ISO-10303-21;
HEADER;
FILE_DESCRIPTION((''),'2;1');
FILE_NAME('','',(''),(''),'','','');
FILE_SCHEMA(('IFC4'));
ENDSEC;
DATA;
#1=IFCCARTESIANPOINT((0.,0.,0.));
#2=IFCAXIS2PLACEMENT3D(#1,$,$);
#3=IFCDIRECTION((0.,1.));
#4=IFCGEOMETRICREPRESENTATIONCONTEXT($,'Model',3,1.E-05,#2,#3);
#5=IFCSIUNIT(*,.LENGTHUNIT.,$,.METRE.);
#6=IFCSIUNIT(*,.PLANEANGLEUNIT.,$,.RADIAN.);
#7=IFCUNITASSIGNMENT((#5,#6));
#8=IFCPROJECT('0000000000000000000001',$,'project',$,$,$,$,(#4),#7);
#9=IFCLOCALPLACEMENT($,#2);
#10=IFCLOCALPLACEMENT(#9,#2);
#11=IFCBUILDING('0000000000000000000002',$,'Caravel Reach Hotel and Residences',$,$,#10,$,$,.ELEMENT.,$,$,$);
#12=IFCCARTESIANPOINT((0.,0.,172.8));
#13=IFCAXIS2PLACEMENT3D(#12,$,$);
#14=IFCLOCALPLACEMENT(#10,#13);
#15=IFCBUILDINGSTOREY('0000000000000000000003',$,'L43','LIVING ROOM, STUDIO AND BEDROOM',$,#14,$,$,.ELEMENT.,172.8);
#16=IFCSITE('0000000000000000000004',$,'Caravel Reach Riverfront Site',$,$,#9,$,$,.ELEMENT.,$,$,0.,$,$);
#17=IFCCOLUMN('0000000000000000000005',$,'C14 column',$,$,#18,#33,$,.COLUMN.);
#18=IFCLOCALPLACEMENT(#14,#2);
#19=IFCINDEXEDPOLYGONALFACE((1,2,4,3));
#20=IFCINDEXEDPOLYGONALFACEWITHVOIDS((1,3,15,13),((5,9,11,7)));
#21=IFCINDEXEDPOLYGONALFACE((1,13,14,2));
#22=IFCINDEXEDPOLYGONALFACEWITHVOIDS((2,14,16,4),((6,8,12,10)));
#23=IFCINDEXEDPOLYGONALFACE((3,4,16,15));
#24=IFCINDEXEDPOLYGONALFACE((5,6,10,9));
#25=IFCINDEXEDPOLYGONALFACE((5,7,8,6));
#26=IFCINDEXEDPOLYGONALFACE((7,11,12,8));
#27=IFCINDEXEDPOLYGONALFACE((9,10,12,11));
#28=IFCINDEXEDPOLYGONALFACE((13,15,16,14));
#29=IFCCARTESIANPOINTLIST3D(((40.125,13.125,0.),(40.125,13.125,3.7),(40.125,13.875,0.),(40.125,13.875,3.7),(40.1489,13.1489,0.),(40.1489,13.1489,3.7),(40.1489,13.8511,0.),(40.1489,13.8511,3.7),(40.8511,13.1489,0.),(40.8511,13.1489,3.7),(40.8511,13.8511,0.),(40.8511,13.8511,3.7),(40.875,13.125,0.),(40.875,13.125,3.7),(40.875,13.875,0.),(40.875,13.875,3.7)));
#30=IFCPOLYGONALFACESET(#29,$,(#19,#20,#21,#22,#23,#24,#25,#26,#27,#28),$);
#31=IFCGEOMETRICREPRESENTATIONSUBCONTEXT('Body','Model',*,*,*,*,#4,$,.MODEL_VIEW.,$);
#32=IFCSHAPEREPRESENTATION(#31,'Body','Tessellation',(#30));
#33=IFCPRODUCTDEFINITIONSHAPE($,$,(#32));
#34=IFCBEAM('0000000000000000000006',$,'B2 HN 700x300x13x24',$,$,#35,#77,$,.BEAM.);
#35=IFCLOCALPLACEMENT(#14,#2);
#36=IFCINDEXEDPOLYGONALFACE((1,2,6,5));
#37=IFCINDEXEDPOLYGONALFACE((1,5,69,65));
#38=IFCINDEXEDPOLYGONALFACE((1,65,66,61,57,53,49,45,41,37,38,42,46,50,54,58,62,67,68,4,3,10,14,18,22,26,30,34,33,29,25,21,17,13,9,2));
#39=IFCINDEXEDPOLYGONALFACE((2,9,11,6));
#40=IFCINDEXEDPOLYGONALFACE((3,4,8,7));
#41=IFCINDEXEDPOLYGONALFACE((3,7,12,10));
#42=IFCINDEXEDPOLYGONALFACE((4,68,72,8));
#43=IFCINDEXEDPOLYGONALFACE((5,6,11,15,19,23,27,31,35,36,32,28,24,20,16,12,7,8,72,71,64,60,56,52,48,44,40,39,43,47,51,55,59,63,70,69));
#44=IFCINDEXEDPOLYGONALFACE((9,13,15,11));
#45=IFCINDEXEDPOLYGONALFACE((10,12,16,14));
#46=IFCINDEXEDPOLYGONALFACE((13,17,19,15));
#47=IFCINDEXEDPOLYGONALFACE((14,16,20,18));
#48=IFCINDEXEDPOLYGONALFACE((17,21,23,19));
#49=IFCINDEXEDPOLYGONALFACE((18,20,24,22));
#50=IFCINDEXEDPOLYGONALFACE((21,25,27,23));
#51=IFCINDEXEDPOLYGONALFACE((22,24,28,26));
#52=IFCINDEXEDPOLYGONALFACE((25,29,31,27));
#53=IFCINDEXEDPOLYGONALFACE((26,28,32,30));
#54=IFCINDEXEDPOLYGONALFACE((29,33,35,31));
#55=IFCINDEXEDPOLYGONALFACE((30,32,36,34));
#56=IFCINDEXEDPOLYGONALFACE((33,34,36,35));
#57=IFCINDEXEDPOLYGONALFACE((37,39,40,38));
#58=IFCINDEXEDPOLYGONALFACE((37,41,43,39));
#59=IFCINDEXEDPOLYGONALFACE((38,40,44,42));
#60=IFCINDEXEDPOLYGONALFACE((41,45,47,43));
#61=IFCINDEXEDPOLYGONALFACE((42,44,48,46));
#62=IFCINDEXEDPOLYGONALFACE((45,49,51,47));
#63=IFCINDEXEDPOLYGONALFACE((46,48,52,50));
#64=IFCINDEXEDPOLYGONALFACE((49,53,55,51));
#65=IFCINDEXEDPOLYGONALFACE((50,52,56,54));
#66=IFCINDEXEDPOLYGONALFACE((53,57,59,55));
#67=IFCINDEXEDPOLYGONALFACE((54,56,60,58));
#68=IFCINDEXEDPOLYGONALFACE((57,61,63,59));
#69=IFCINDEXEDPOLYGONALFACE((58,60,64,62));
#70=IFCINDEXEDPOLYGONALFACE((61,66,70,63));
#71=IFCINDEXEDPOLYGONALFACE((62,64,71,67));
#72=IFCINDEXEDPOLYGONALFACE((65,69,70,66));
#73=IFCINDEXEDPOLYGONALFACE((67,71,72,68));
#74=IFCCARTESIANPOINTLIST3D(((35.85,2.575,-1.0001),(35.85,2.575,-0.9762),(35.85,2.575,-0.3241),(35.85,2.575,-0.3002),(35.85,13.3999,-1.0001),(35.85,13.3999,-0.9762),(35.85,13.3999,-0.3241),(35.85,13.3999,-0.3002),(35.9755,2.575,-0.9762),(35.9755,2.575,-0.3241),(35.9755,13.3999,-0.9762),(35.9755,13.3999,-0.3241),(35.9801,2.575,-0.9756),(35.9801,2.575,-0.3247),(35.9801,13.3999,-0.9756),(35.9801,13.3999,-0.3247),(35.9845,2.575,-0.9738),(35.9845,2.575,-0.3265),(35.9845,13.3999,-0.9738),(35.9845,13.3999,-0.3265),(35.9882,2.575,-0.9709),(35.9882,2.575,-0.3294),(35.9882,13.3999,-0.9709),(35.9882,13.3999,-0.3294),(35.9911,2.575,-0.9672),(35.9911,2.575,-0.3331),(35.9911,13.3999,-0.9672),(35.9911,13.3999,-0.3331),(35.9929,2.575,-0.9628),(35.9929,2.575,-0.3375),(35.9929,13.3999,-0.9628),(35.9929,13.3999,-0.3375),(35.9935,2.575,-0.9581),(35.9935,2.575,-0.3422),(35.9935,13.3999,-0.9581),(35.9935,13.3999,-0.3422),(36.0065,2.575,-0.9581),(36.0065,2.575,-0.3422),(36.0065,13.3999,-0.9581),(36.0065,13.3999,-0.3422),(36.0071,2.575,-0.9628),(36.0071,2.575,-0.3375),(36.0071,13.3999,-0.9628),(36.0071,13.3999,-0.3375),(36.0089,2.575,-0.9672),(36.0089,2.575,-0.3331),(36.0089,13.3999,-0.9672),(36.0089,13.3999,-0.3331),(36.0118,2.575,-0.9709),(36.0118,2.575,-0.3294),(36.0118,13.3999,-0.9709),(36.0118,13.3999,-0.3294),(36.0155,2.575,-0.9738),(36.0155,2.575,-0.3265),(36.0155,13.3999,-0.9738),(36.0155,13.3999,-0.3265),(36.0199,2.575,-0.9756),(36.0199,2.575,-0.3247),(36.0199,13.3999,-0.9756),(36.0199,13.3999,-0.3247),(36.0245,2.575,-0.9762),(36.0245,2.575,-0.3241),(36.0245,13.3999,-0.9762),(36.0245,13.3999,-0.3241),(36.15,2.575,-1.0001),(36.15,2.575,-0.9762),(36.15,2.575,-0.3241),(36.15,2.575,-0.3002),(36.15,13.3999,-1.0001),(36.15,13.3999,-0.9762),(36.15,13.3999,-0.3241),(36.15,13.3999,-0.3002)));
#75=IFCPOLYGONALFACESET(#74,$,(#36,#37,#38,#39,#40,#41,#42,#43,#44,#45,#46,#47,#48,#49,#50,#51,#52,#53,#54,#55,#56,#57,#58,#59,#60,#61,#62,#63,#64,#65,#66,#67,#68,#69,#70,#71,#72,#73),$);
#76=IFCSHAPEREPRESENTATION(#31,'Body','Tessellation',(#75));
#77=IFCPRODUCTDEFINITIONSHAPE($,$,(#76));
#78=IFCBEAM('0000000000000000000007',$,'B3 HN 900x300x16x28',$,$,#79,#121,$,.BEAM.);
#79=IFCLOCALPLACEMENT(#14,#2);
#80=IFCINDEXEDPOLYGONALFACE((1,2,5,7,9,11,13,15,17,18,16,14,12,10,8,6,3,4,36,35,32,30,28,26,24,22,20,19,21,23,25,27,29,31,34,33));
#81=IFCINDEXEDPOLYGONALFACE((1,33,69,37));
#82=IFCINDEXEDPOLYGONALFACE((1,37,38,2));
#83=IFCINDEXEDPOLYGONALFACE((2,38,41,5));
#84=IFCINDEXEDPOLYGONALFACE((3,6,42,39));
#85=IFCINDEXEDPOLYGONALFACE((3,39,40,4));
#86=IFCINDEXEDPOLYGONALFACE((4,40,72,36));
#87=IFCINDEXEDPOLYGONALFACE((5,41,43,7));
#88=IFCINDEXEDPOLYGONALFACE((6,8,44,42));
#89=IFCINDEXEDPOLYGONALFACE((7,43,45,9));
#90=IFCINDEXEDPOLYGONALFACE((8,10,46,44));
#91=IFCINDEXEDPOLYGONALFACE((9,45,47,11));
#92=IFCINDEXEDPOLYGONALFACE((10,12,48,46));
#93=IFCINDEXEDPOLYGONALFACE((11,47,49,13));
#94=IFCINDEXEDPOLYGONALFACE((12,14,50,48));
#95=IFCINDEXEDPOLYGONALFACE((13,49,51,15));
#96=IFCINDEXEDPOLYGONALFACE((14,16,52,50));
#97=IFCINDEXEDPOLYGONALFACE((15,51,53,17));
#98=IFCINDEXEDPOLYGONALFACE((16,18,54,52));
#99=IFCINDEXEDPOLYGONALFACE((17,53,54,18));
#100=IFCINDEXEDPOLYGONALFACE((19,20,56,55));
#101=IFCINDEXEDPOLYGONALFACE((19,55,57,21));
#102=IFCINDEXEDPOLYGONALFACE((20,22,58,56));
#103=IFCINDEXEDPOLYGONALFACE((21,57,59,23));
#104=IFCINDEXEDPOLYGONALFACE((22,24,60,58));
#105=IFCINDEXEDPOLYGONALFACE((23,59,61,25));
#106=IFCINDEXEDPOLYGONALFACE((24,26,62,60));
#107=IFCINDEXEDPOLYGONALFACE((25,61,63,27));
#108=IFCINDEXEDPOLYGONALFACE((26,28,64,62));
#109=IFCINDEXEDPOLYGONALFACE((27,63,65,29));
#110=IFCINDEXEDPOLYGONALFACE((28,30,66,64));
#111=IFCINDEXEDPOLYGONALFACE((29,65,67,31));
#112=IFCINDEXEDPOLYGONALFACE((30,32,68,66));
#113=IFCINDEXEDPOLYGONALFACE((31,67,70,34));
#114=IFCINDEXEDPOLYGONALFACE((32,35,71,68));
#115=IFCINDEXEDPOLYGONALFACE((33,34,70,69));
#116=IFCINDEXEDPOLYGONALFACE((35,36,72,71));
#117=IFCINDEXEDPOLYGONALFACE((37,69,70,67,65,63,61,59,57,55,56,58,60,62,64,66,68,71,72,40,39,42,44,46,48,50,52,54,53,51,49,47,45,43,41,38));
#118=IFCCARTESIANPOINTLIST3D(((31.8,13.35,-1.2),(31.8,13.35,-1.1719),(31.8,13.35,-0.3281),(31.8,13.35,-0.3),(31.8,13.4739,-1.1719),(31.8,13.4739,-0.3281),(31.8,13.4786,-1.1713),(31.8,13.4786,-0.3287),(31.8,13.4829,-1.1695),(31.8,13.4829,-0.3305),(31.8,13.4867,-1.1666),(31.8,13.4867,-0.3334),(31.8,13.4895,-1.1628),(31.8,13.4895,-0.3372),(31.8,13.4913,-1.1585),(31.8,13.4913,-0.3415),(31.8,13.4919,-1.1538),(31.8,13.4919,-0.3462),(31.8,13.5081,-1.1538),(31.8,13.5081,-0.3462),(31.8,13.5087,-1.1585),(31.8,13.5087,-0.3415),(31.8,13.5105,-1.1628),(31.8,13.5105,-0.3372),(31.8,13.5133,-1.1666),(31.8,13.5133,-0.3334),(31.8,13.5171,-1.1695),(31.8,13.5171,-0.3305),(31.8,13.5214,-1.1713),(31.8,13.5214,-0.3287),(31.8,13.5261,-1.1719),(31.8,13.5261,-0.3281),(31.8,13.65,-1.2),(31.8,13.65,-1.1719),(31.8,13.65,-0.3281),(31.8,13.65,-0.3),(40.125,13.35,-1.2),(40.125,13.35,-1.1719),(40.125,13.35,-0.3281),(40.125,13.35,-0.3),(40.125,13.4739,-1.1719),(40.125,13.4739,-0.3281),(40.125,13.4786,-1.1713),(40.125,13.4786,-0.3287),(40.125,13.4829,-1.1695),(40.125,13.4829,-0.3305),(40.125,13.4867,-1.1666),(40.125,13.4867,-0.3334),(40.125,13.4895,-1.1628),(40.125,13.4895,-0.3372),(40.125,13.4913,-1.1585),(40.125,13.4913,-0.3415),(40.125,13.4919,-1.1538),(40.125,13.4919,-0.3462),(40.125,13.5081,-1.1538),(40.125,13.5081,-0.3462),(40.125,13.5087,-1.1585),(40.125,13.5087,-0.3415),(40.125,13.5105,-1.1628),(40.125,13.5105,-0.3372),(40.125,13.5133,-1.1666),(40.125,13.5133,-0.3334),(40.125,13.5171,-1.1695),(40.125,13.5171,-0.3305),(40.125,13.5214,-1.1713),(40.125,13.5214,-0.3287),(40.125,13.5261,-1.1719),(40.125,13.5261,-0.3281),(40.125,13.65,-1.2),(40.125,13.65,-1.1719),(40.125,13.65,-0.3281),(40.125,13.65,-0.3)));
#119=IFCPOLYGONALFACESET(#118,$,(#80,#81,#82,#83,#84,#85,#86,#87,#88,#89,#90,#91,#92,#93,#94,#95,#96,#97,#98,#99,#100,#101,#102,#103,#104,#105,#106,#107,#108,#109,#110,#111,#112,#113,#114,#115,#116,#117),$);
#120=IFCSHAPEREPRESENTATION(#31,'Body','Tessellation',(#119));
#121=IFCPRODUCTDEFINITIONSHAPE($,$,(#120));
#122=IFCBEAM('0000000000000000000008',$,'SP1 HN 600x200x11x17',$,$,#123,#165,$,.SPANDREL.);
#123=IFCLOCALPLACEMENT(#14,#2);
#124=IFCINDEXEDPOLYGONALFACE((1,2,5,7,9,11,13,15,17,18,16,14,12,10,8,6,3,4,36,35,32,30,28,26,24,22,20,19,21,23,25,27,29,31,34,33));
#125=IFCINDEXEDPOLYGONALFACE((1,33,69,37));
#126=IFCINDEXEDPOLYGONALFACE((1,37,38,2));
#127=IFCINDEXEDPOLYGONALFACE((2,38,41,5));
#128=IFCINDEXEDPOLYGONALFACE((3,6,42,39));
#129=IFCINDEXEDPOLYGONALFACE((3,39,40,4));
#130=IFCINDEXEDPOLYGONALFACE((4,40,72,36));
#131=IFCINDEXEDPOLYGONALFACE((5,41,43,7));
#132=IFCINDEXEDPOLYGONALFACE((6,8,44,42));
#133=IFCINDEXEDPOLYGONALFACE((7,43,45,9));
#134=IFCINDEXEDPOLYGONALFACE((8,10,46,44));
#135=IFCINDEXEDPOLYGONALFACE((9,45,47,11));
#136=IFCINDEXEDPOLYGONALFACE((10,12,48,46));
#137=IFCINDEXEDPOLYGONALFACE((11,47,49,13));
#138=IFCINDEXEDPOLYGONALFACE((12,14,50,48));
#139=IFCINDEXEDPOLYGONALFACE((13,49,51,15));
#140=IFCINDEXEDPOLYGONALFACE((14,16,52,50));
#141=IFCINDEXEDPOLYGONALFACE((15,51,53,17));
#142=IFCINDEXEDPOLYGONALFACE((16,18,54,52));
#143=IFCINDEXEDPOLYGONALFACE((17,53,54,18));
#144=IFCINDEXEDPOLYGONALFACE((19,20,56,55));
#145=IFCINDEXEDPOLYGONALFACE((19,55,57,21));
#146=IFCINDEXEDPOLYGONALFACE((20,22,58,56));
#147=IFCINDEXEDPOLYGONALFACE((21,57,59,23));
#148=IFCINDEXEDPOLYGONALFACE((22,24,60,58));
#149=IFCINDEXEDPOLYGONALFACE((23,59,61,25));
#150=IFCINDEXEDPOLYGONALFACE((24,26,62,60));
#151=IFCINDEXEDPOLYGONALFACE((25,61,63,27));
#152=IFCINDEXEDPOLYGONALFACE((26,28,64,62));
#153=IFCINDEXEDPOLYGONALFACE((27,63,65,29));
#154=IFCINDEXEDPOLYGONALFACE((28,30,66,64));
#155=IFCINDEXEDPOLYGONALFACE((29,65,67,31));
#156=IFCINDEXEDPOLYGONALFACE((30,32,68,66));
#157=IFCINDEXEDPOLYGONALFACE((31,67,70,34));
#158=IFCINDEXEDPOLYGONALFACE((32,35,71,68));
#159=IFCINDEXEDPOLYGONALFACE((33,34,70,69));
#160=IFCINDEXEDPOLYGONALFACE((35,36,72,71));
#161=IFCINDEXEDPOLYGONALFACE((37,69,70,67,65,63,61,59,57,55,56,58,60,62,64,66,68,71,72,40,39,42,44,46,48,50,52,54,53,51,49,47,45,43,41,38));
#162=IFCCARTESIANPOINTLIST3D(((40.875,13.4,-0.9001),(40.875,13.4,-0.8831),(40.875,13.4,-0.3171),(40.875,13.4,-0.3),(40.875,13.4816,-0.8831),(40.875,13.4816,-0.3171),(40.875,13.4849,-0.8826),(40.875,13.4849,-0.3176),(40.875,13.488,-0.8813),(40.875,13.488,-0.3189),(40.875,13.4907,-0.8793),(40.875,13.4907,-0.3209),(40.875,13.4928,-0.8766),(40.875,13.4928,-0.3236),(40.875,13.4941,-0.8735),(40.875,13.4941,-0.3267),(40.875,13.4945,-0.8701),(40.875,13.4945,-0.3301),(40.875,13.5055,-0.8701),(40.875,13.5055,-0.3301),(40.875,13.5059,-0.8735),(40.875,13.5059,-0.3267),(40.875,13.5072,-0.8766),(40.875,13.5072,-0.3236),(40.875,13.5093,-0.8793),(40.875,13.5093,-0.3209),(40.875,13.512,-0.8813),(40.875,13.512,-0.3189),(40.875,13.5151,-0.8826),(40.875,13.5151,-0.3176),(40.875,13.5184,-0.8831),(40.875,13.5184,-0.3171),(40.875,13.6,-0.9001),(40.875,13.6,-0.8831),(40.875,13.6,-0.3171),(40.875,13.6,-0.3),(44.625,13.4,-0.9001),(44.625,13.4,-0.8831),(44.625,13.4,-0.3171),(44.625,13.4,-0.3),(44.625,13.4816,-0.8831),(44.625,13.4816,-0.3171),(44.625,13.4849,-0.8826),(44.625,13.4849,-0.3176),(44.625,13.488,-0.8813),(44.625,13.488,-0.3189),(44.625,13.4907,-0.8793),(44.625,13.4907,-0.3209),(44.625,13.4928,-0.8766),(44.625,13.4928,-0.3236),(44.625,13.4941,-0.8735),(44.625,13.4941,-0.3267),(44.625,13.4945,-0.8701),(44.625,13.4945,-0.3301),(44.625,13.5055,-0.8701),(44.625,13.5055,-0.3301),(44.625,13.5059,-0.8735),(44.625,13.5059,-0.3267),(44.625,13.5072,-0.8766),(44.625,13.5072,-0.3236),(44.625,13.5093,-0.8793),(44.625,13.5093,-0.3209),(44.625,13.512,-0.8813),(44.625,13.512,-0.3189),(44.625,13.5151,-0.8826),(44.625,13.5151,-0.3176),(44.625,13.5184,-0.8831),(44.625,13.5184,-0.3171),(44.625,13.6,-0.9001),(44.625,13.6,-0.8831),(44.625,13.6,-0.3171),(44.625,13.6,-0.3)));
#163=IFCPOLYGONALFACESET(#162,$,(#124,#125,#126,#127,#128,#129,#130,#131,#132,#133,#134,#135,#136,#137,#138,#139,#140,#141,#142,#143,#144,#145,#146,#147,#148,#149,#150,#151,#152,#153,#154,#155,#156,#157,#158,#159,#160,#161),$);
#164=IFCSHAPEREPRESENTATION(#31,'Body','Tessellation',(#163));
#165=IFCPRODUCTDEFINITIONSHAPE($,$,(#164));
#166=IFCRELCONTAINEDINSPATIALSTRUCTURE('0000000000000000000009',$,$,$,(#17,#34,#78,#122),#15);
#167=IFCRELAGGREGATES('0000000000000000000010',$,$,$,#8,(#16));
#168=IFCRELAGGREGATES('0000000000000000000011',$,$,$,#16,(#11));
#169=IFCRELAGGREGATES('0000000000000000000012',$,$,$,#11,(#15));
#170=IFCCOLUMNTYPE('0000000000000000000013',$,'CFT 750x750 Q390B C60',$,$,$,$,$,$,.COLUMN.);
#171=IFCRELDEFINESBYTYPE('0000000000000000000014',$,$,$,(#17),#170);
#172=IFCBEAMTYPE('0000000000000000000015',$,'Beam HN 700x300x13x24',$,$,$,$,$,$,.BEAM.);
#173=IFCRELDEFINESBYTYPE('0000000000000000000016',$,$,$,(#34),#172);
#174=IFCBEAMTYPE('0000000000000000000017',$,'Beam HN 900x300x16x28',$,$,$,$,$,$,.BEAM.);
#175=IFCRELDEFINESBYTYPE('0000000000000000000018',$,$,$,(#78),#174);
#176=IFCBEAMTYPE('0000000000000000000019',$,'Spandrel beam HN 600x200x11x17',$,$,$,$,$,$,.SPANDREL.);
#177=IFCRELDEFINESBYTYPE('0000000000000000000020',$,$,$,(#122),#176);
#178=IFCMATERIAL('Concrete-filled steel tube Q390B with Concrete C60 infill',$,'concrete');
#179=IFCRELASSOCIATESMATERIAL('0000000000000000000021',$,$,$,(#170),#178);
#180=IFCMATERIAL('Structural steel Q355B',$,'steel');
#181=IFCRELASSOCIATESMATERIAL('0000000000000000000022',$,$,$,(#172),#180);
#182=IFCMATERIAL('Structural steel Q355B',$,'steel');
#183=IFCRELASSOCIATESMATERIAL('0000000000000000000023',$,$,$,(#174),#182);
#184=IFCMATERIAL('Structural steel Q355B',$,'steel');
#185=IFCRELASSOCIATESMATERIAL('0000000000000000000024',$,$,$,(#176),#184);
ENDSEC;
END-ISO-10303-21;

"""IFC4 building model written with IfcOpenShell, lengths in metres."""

from ifc_helpers import new_model, si_unit, direction, frame, origin, origin_2d, place, context, subcontext, project, spatial, hollow_rectangle, i_section, extrude, material, material_profile, profile_set, type_object, element, save


model = new_model("IFC4")

# Units and contexts
model_context = context("Model", 3, precision=1e-05, world=origin(), true_north=direction((0.0, 1.0)))
body_context = subcontext(model_context, "Body", "Model", "MODEL_VIEW")
ifc_project = project(units=[si_unit("LENGTHUNIT", "METRE"), si_unit("PLANEANGLEUNIT", "RADIAN")], contexts=[model_context])

# Site, building, storey
site_placement = place(None, origin())
site = spatial("IfcSite", under=ifc_project, at=site_placement, Name="Caravel Reach Riverfront Site", CompositionType="ELEMENT", RefElevation=0.0)
building_placement = place(site_placement, origin())
building = spatial("IfcBuilding", under=site, at=building_placement, Name="Caravel Reach Hotel and Residences", CompositionType="ELEMENT")
storey_placement = place(building_placement, frame((0.0, 0.0, 172.8)))
storey = spatial("IfcBuildingStorey", under=building, at=storey_placement, Name="L43", Description="LIVING ROOM, STUDIO AND BEDROOM", CompositionType="ELEMENT", Elevation=172.8)

# Column
ifc_material_1 = material(Name="Concrete-filled steel tube Q390B with Concrete C60 infill", Category="concrete")
ifc_material_profile_1 = material_profile(ifc_material_1, hollow_rectangle(XDim=0.75, YDim=0.75, WallThickness=0.0239, at=origin_2d()), Name="RHS 750x750x24")
ifc_profile_set_1 = profile_set([ifc_material_profile_1], Name="Concrete-filled steel tube Q390B with Concrete C60 infill")
column_type = type_object("IfcColumnType", Name="CFT 750x750 Q390B C60", PredefinedType="COLUMN", material=ifc_profile_set_1)
column_placement = place(storey_placement, frame((40.5, 13.5, 0.0), z_axis=(0.0, 0.0, 1.0), x_axis=(1.0, 0.0, 0.0)))
element("IfcColumn", 1, at=column_placement, inside=storey, type_object=column_type, Name="C14 column", PredefinedType="COLUMN", context=body_context, shape_type="SweptSolid", body=[
    extrude(hollow_rectangle(XDim=0.75, YDim=0.75, WallThickness=0.0239, at=origin_2d()), origin(), (0.0, 0.0, 1.0), 3.7),
])

# Beams
ifc_material_2 = material(Name="Structural steel Q355B", Category="steel")
ifc_material_profile_2 = material_profile(ifc_material_2, i_section(OverallWidth=0.3, OverallDepth=0.7, WebThickness=0.0129, FlangeThickness=0.0239, FilletRadius=0.0181, at=origin_2d()), Name="HN 700x300x13x24")
ifc_profile_set_2 = profile_set([ifc_material_profile_2], Name="Structural steel Q355B")
beam_type_1 = type_object("IfcBeamType", Name="Beam HN 700x300x13x24", PredefinedType="BEAM", material=ifc_profile_set_2)
beam_1_placement = place(storey_placement, frame((36.0, 13.3999, -0.6501), z_axis=(0.0, -1.0, 0.0), x_axis=(1.0, 0.0, 0.0)))
element("IfcBeam", 2, at=beam_1_placement, inside=storey, type_object=beam_type_1, Name="B2 HN 700x300x13x24", PredefinedType="BEAM", context=body_context, shape_type="SweptSolid", body=[
    extrude(i_section(OverallWidth=0.3, OverallDepth=0.7, WebThickness=0.0129, FlangeThickness=0.0239, FilletRadius=0.0181, at=origin_2d()), origin(), (0.0, 0.0, 1.0), 10.825),
])
ifc_material_3 = material(Name="Structural steel Q355B", Category="steel")
ifc_material_profile_3 = material_profile(ifc_material_3, i_section(OverallWidth=0.3, OverallDepth=0.8999, WebThickness=0.0161, FlangeThickness=0.0281, FilletRadius=0.0181, at=origin_2d()), Name="HN 900x300x16x28")
ifc_profile_set_3 = profile_set([ifc_material_profile_3], Name="Structural steel Q355B")
beam_type_2 = type_object("IfcBeamType", Name="Beam HN 900x300x16x28", PredefinedType="BEAM", material=ifc_profile_set_3)
beam_2_placement = place(storey_placement, frame((31.8, 13.5, -0.75), z_axis=(1.0, 0.0, 0.0), x_axis=(0.0, 1.0, 0.0)))
element("IfcBeam", 3, at=beam_2_placement, inside=storey, type_object=beam_type_2, Name="B3 HN 900x300x16x28", PredefinedType="BEAM", context=body_context, shape_type="SweptSolid", body=[
    extrude(i_section(OverallWidth=0.3, OverallDepth=0.8999, WebThickness=0.0161, FlangeThickness=0.0281, FilletRadius=0.0181, at=origin_2d()), origin(), (0.0, 0.0, 1.0), 8.325),
])
ifc_material_4 = material(Name="Structural steel Q355B", Category="steel")
ifc_material_profile_4 = material_profile(ifc_material_4, i_section(OverallWidth=0.2, OverallDepth=0.6001, WebThickness=0.011, FlangeThickness=0.0171, FilletRadius=0.0129, at=origin_2d()), Name="HN 600x200x11x17")
ifc_profile_set_4 = profile_set([ifc_material_profile_4], Name="Structural steel Q355B")
beam_type_3 = type_object("IfcBeamType", Name="Spandrel beam HN 600x200x11x17", PredefinedType="SPANDREL", material=ifc_profile_set_4)
beam_3_placement = place(storey_placement, frame((40.875, 13.5, -0.6001), z_axis=(1.0, 0.0, 0.0), x_axis=(0.0, 1.0, 0.0)))
element("IfcBeam", 4, at=beam_3_placement, inside=storey, type_object=beam_type_3, Name="SP1 HN 600x200x11x17", PredefinedType="SPANDREL", context=body_context, shape_type="SweptSolid", body=[
    extrude(i_section(OverallWidth=0.2, OverallDepth=0.6001, WebThickness=0.011, FlangeThickness=0.0171, FilletRadius=0.0129, at=origin_2d()), origin(), (0.0, 0.0, 1.0), 3.75),
])

save(model, "model.ifc")
